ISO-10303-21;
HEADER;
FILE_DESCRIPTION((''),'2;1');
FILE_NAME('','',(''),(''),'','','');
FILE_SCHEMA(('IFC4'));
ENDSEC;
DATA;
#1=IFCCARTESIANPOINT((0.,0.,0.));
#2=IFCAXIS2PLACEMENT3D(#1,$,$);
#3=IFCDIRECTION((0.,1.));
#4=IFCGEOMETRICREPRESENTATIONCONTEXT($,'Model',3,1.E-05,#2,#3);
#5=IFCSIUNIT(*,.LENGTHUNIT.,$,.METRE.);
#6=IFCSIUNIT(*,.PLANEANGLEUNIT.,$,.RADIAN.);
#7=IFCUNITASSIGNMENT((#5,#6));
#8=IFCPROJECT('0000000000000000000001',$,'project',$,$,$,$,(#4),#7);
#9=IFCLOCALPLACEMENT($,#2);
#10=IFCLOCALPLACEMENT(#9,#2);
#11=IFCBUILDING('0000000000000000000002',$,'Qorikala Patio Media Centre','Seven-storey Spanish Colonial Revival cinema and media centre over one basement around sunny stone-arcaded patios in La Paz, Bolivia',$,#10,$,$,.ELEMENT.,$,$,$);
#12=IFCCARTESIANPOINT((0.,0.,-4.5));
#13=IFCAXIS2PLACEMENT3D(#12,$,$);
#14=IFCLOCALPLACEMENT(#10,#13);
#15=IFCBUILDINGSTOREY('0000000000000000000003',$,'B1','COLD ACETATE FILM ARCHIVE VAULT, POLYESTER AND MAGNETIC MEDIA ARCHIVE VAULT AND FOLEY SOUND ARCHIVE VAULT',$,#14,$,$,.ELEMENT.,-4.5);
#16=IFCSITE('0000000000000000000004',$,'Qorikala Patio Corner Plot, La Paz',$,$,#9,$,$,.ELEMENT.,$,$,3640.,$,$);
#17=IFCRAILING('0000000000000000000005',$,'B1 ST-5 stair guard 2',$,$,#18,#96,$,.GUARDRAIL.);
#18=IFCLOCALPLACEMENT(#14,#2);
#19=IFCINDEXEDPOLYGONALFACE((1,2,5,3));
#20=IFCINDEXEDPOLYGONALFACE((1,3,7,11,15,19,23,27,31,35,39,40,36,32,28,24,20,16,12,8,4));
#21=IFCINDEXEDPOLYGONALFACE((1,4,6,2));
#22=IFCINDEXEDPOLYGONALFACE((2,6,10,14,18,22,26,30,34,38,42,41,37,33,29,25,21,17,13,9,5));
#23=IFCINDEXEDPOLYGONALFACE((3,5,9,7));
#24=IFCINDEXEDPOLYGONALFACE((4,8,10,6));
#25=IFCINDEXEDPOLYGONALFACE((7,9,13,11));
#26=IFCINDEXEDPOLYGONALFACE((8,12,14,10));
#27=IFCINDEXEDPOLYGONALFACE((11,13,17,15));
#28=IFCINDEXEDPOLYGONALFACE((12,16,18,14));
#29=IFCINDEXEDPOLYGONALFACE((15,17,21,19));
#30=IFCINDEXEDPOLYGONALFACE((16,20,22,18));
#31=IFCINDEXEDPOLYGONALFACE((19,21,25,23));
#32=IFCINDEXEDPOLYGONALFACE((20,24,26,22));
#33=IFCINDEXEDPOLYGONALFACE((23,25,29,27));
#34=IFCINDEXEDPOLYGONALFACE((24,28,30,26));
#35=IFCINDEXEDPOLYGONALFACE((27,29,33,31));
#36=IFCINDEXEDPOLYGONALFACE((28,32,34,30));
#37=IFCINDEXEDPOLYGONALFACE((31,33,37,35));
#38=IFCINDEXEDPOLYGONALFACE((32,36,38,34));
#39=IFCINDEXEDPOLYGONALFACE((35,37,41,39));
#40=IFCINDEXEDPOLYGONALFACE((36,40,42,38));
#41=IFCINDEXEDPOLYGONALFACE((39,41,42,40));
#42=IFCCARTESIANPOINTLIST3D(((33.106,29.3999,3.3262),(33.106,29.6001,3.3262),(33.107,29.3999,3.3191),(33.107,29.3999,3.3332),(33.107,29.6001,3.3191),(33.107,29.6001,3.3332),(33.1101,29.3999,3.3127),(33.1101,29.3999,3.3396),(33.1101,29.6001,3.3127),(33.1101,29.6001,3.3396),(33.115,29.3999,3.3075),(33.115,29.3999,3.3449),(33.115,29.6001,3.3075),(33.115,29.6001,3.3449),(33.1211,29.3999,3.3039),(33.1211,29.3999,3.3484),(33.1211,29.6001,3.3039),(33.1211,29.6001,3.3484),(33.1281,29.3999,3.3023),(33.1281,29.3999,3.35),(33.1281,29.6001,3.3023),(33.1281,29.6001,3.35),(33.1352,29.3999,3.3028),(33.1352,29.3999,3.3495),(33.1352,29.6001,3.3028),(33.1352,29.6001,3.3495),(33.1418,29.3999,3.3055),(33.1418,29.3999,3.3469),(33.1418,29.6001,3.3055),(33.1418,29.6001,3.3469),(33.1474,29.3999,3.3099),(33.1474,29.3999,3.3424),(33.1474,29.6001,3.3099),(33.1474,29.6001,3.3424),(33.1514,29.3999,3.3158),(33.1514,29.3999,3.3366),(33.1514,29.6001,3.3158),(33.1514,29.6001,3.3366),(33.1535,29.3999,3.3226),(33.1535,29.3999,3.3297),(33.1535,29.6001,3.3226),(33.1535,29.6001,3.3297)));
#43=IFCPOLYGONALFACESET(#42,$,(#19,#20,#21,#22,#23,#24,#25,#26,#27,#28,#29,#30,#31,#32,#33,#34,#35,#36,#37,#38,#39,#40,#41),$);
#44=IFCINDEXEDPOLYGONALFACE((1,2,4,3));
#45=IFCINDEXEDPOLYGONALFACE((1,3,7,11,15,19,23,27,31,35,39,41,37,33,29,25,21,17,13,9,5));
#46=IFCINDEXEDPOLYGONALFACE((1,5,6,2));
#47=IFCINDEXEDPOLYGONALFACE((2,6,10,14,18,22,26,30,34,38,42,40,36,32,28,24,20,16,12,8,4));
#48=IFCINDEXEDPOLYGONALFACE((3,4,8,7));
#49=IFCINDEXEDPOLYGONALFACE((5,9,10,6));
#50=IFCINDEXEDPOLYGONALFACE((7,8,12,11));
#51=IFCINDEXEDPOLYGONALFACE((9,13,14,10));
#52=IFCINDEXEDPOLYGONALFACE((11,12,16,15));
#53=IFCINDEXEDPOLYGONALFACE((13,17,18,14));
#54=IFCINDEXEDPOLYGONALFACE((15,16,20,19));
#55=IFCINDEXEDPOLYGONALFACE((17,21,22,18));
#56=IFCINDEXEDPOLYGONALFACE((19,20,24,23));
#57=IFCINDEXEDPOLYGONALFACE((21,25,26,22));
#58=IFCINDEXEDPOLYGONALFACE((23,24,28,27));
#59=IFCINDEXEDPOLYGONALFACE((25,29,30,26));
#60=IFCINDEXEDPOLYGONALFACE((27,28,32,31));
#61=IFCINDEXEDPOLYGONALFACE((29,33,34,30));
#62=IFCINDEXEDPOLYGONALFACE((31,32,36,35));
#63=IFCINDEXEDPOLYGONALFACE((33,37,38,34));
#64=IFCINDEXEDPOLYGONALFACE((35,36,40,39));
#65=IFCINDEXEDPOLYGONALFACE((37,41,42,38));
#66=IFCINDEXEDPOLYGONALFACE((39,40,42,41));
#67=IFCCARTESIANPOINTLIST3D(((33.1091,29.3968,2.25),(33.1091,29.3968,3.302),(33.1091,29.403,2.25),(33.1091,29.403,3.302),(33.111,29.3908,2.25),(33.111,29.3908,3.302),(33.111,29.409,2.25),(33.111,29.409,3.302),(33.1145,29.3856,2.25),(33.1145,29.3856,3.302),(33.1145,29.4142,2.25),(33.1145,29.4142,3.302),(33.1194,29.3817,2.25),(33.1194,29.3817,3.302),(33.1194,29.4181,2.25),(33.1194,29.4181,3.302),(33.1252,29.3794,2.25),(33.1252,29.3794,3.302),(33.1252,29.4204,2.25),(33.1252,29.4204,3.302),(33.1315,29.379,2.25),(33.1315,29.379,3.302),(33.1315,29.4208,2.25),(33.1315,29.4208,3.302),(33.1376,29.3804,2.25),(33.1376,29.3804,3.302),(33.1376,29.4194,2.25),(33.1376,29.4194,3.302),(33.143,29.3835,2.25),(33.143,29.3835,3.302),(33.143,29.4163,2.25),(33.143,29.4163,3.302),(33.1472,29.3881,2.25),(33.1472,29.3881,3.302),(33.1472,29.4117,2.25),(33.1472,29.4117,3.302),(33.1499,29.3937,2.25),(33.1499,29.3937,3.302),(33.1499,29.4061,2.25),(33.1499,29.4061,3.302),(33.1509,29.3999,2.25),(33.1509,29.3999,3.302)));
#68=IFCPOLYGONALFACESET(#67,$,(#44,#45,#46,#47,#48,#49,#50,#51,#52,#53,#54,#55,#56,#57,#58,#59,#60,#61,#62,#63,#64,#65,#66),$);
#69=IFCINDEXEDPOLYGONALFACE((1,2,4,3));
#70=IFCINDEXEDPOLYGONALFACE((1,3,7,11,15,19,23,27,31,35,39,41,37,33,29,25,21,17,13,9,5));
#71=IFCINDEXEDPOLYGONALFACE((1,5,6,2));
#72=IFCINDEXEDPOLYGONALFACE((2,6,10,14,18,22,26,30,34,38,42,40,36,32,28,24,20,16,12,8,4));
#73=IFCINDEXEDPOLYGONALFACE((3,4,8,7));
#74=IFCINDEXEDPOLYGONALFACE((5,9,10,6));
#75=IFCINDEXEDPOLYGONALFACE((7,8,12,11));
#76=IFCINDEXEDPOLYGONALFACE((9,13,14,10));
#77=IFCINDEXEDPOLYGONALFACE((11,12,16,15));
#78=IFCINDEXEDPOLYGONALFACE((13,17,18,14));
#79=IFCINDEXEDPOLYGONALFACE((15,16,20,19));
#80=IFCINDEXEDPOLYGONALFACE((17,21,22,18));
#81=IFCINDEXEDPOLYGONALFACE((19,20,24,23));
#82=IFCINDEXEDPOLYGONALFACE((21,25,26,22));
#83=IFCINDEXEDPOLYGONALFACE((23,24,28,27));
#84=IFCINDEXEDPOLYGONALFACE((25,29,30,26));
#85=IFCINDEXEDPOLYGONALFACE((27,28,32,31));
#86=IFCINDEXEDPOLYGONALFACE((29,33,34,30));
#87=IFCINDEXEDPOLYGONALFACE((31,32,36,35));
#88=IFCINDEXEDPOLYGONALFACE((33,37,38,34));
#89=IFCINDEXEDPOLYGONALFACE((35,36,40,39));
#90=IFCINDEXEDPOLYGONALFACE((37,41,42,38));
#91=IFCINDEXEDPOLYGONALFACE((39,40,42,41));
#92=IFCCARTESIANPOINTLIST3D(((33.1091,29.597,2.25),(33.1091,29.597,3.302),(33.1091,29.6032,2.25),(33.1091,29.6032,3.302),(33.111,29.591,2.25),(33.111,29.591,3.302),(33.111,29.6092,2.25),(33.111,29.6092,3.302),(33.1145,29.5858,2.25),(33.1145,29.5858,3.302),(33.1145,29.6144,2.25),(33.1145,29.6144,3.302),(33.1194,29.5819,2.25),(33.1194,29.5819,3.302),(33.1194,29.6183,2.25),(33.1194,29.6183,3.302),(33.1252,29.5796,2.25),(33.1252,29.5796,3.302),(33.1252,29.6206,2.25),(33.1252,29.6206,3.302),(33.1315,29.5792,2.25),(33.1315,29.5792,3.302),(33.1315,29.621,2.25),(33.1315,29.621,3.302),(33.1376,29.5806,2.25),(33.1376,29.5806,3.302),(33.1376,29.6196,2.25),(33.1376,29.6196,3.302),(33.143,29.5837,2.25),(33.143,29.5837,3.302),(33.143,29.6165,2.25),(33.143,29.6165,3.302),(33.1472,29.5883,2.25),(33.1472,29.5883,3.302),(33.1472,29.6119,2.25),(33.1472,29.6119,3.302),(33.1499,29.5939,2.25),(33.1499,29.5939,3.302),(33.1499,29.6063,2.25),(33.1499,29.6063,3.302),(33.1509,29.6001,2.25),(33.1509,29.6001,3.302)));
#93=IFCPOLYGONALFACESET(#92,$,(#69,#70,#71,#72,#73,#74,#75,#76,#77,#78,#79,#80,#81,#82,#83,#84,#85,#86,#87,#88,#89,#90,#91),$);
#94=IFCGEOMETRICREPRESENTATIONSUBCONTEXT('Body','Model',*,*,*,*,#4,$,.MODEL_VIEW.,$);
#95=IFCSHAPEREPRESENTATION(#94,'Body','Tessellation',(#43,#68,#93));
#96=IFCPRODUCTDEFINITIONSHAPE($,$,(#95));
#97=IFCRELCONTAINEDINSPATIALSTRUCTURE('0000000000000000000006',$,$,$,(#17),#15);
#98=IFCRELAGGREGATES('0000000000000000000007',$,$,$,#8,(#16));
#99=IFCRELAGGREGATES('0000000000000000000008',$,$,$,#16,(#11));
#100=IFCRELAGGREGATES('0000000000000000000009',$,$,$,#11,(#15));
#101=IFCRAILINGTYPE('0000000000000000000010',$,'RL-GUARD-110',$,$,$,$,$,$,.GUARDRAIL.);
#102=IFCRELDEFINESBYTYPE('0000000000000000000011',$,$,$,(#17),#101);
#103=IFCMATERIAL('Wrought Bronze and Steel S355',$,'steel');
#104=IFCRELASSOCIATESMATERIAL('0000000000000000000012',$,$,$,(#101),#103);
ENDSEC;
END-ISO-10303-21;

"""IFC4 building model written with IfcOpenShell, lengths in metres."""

from ifc_helpers import new_model, si_unit, direction, frame, origin, origin_2d, place, context, subcontext, project, spatial, circle, extrude, material, type_object, element, save


model = new_model("IFC4")

# Units and contexts
model_context = context("Model", 3, precision=1e-05, world=origin(), true_north=direction((0.0, 1.0)))
body_context = subcontext(model_context, "Body", "Model", "MODEL_VIEW")
ifc_project = project(units=[si_unit("LENGTHUNIT", "METRE"), si_unit("PLANEANGLEUNIT", "RADIAN")], contexts=[model_context])

# Site, building, storey
site_placement = place(None, origin())
site = spatial("IfcSite", under=ifc_project, at=site_placement, Name="Qorikala Patio Corner Plot, La Paz", CompositionType="ELEMENT", RefElevation=3640.0)
building_placement = place(site_placement, origin())
building = spatial("IfcBuilding", under=site, at=building_placement, Name="Qorikala Patio Media Centre", Description="Seven-storey Spanish Colonial Revival cinema and media centre over one basement around sunny stone-arcaded patios in La Paz, Bolivia", CompositionType="ELEMENT")
storey_placement = place(building_placement, frame((0.0, 0.0, -4.5)))
storey = spatial("IfcBuildingStorey", under=building, at=storey_placement, Name="B1", Description="COLD ACETATE FILM ARCHIVE VAULT, POLYESTER AND MAGNETIC MEDIA ARCHIVE VAULT AND FOLEY SOUND ARCHIVE VAULT", CompositionType="ELEMENT", Elevation=-4.5)

# Railing
ifc_material_1 = material(Name="Wrought Bronze and Steel S355", Category="steel")
railing_type_1 = type_object("IfcRailingType", Name="RL-GUARD-110", PredefinedType="GUARDRAIL", material=ifc_material_1)
railing_1_placement = place(storey_placement, frame((33.1299, 29.3999, 2.25)))
element("IfcRailing", 1, at=railing_1_placement, inside=storey, type_object=railing_type_1, Name="B1 ST-5 stair guard 2", PredefinedType="GUARDRAIL", context=body_context, shape_type="SweptSolid", body=[
    extrude(circle(Radius=0.0239, at=origin_2d()), frame((0.0, 0.0, 1.0762), z_axis=(0.0, 1.0, 0.0), x_axis=(-1.0, 0.0, 0.0)), (0.0, 0.0, 1.0), 0.2002),
    extrude(circle(Radius=0.021, at=origin_2d()), origin(), (0.0, 0.0, 1.0), 1.052),
    extrude(circle(Radius=0.021, at=origin_2d()), frame((0.0, 0.2002, 0.0)), (0.0, 0.0, 1.0), 1.052),
])

save(model, "model.ifc")
